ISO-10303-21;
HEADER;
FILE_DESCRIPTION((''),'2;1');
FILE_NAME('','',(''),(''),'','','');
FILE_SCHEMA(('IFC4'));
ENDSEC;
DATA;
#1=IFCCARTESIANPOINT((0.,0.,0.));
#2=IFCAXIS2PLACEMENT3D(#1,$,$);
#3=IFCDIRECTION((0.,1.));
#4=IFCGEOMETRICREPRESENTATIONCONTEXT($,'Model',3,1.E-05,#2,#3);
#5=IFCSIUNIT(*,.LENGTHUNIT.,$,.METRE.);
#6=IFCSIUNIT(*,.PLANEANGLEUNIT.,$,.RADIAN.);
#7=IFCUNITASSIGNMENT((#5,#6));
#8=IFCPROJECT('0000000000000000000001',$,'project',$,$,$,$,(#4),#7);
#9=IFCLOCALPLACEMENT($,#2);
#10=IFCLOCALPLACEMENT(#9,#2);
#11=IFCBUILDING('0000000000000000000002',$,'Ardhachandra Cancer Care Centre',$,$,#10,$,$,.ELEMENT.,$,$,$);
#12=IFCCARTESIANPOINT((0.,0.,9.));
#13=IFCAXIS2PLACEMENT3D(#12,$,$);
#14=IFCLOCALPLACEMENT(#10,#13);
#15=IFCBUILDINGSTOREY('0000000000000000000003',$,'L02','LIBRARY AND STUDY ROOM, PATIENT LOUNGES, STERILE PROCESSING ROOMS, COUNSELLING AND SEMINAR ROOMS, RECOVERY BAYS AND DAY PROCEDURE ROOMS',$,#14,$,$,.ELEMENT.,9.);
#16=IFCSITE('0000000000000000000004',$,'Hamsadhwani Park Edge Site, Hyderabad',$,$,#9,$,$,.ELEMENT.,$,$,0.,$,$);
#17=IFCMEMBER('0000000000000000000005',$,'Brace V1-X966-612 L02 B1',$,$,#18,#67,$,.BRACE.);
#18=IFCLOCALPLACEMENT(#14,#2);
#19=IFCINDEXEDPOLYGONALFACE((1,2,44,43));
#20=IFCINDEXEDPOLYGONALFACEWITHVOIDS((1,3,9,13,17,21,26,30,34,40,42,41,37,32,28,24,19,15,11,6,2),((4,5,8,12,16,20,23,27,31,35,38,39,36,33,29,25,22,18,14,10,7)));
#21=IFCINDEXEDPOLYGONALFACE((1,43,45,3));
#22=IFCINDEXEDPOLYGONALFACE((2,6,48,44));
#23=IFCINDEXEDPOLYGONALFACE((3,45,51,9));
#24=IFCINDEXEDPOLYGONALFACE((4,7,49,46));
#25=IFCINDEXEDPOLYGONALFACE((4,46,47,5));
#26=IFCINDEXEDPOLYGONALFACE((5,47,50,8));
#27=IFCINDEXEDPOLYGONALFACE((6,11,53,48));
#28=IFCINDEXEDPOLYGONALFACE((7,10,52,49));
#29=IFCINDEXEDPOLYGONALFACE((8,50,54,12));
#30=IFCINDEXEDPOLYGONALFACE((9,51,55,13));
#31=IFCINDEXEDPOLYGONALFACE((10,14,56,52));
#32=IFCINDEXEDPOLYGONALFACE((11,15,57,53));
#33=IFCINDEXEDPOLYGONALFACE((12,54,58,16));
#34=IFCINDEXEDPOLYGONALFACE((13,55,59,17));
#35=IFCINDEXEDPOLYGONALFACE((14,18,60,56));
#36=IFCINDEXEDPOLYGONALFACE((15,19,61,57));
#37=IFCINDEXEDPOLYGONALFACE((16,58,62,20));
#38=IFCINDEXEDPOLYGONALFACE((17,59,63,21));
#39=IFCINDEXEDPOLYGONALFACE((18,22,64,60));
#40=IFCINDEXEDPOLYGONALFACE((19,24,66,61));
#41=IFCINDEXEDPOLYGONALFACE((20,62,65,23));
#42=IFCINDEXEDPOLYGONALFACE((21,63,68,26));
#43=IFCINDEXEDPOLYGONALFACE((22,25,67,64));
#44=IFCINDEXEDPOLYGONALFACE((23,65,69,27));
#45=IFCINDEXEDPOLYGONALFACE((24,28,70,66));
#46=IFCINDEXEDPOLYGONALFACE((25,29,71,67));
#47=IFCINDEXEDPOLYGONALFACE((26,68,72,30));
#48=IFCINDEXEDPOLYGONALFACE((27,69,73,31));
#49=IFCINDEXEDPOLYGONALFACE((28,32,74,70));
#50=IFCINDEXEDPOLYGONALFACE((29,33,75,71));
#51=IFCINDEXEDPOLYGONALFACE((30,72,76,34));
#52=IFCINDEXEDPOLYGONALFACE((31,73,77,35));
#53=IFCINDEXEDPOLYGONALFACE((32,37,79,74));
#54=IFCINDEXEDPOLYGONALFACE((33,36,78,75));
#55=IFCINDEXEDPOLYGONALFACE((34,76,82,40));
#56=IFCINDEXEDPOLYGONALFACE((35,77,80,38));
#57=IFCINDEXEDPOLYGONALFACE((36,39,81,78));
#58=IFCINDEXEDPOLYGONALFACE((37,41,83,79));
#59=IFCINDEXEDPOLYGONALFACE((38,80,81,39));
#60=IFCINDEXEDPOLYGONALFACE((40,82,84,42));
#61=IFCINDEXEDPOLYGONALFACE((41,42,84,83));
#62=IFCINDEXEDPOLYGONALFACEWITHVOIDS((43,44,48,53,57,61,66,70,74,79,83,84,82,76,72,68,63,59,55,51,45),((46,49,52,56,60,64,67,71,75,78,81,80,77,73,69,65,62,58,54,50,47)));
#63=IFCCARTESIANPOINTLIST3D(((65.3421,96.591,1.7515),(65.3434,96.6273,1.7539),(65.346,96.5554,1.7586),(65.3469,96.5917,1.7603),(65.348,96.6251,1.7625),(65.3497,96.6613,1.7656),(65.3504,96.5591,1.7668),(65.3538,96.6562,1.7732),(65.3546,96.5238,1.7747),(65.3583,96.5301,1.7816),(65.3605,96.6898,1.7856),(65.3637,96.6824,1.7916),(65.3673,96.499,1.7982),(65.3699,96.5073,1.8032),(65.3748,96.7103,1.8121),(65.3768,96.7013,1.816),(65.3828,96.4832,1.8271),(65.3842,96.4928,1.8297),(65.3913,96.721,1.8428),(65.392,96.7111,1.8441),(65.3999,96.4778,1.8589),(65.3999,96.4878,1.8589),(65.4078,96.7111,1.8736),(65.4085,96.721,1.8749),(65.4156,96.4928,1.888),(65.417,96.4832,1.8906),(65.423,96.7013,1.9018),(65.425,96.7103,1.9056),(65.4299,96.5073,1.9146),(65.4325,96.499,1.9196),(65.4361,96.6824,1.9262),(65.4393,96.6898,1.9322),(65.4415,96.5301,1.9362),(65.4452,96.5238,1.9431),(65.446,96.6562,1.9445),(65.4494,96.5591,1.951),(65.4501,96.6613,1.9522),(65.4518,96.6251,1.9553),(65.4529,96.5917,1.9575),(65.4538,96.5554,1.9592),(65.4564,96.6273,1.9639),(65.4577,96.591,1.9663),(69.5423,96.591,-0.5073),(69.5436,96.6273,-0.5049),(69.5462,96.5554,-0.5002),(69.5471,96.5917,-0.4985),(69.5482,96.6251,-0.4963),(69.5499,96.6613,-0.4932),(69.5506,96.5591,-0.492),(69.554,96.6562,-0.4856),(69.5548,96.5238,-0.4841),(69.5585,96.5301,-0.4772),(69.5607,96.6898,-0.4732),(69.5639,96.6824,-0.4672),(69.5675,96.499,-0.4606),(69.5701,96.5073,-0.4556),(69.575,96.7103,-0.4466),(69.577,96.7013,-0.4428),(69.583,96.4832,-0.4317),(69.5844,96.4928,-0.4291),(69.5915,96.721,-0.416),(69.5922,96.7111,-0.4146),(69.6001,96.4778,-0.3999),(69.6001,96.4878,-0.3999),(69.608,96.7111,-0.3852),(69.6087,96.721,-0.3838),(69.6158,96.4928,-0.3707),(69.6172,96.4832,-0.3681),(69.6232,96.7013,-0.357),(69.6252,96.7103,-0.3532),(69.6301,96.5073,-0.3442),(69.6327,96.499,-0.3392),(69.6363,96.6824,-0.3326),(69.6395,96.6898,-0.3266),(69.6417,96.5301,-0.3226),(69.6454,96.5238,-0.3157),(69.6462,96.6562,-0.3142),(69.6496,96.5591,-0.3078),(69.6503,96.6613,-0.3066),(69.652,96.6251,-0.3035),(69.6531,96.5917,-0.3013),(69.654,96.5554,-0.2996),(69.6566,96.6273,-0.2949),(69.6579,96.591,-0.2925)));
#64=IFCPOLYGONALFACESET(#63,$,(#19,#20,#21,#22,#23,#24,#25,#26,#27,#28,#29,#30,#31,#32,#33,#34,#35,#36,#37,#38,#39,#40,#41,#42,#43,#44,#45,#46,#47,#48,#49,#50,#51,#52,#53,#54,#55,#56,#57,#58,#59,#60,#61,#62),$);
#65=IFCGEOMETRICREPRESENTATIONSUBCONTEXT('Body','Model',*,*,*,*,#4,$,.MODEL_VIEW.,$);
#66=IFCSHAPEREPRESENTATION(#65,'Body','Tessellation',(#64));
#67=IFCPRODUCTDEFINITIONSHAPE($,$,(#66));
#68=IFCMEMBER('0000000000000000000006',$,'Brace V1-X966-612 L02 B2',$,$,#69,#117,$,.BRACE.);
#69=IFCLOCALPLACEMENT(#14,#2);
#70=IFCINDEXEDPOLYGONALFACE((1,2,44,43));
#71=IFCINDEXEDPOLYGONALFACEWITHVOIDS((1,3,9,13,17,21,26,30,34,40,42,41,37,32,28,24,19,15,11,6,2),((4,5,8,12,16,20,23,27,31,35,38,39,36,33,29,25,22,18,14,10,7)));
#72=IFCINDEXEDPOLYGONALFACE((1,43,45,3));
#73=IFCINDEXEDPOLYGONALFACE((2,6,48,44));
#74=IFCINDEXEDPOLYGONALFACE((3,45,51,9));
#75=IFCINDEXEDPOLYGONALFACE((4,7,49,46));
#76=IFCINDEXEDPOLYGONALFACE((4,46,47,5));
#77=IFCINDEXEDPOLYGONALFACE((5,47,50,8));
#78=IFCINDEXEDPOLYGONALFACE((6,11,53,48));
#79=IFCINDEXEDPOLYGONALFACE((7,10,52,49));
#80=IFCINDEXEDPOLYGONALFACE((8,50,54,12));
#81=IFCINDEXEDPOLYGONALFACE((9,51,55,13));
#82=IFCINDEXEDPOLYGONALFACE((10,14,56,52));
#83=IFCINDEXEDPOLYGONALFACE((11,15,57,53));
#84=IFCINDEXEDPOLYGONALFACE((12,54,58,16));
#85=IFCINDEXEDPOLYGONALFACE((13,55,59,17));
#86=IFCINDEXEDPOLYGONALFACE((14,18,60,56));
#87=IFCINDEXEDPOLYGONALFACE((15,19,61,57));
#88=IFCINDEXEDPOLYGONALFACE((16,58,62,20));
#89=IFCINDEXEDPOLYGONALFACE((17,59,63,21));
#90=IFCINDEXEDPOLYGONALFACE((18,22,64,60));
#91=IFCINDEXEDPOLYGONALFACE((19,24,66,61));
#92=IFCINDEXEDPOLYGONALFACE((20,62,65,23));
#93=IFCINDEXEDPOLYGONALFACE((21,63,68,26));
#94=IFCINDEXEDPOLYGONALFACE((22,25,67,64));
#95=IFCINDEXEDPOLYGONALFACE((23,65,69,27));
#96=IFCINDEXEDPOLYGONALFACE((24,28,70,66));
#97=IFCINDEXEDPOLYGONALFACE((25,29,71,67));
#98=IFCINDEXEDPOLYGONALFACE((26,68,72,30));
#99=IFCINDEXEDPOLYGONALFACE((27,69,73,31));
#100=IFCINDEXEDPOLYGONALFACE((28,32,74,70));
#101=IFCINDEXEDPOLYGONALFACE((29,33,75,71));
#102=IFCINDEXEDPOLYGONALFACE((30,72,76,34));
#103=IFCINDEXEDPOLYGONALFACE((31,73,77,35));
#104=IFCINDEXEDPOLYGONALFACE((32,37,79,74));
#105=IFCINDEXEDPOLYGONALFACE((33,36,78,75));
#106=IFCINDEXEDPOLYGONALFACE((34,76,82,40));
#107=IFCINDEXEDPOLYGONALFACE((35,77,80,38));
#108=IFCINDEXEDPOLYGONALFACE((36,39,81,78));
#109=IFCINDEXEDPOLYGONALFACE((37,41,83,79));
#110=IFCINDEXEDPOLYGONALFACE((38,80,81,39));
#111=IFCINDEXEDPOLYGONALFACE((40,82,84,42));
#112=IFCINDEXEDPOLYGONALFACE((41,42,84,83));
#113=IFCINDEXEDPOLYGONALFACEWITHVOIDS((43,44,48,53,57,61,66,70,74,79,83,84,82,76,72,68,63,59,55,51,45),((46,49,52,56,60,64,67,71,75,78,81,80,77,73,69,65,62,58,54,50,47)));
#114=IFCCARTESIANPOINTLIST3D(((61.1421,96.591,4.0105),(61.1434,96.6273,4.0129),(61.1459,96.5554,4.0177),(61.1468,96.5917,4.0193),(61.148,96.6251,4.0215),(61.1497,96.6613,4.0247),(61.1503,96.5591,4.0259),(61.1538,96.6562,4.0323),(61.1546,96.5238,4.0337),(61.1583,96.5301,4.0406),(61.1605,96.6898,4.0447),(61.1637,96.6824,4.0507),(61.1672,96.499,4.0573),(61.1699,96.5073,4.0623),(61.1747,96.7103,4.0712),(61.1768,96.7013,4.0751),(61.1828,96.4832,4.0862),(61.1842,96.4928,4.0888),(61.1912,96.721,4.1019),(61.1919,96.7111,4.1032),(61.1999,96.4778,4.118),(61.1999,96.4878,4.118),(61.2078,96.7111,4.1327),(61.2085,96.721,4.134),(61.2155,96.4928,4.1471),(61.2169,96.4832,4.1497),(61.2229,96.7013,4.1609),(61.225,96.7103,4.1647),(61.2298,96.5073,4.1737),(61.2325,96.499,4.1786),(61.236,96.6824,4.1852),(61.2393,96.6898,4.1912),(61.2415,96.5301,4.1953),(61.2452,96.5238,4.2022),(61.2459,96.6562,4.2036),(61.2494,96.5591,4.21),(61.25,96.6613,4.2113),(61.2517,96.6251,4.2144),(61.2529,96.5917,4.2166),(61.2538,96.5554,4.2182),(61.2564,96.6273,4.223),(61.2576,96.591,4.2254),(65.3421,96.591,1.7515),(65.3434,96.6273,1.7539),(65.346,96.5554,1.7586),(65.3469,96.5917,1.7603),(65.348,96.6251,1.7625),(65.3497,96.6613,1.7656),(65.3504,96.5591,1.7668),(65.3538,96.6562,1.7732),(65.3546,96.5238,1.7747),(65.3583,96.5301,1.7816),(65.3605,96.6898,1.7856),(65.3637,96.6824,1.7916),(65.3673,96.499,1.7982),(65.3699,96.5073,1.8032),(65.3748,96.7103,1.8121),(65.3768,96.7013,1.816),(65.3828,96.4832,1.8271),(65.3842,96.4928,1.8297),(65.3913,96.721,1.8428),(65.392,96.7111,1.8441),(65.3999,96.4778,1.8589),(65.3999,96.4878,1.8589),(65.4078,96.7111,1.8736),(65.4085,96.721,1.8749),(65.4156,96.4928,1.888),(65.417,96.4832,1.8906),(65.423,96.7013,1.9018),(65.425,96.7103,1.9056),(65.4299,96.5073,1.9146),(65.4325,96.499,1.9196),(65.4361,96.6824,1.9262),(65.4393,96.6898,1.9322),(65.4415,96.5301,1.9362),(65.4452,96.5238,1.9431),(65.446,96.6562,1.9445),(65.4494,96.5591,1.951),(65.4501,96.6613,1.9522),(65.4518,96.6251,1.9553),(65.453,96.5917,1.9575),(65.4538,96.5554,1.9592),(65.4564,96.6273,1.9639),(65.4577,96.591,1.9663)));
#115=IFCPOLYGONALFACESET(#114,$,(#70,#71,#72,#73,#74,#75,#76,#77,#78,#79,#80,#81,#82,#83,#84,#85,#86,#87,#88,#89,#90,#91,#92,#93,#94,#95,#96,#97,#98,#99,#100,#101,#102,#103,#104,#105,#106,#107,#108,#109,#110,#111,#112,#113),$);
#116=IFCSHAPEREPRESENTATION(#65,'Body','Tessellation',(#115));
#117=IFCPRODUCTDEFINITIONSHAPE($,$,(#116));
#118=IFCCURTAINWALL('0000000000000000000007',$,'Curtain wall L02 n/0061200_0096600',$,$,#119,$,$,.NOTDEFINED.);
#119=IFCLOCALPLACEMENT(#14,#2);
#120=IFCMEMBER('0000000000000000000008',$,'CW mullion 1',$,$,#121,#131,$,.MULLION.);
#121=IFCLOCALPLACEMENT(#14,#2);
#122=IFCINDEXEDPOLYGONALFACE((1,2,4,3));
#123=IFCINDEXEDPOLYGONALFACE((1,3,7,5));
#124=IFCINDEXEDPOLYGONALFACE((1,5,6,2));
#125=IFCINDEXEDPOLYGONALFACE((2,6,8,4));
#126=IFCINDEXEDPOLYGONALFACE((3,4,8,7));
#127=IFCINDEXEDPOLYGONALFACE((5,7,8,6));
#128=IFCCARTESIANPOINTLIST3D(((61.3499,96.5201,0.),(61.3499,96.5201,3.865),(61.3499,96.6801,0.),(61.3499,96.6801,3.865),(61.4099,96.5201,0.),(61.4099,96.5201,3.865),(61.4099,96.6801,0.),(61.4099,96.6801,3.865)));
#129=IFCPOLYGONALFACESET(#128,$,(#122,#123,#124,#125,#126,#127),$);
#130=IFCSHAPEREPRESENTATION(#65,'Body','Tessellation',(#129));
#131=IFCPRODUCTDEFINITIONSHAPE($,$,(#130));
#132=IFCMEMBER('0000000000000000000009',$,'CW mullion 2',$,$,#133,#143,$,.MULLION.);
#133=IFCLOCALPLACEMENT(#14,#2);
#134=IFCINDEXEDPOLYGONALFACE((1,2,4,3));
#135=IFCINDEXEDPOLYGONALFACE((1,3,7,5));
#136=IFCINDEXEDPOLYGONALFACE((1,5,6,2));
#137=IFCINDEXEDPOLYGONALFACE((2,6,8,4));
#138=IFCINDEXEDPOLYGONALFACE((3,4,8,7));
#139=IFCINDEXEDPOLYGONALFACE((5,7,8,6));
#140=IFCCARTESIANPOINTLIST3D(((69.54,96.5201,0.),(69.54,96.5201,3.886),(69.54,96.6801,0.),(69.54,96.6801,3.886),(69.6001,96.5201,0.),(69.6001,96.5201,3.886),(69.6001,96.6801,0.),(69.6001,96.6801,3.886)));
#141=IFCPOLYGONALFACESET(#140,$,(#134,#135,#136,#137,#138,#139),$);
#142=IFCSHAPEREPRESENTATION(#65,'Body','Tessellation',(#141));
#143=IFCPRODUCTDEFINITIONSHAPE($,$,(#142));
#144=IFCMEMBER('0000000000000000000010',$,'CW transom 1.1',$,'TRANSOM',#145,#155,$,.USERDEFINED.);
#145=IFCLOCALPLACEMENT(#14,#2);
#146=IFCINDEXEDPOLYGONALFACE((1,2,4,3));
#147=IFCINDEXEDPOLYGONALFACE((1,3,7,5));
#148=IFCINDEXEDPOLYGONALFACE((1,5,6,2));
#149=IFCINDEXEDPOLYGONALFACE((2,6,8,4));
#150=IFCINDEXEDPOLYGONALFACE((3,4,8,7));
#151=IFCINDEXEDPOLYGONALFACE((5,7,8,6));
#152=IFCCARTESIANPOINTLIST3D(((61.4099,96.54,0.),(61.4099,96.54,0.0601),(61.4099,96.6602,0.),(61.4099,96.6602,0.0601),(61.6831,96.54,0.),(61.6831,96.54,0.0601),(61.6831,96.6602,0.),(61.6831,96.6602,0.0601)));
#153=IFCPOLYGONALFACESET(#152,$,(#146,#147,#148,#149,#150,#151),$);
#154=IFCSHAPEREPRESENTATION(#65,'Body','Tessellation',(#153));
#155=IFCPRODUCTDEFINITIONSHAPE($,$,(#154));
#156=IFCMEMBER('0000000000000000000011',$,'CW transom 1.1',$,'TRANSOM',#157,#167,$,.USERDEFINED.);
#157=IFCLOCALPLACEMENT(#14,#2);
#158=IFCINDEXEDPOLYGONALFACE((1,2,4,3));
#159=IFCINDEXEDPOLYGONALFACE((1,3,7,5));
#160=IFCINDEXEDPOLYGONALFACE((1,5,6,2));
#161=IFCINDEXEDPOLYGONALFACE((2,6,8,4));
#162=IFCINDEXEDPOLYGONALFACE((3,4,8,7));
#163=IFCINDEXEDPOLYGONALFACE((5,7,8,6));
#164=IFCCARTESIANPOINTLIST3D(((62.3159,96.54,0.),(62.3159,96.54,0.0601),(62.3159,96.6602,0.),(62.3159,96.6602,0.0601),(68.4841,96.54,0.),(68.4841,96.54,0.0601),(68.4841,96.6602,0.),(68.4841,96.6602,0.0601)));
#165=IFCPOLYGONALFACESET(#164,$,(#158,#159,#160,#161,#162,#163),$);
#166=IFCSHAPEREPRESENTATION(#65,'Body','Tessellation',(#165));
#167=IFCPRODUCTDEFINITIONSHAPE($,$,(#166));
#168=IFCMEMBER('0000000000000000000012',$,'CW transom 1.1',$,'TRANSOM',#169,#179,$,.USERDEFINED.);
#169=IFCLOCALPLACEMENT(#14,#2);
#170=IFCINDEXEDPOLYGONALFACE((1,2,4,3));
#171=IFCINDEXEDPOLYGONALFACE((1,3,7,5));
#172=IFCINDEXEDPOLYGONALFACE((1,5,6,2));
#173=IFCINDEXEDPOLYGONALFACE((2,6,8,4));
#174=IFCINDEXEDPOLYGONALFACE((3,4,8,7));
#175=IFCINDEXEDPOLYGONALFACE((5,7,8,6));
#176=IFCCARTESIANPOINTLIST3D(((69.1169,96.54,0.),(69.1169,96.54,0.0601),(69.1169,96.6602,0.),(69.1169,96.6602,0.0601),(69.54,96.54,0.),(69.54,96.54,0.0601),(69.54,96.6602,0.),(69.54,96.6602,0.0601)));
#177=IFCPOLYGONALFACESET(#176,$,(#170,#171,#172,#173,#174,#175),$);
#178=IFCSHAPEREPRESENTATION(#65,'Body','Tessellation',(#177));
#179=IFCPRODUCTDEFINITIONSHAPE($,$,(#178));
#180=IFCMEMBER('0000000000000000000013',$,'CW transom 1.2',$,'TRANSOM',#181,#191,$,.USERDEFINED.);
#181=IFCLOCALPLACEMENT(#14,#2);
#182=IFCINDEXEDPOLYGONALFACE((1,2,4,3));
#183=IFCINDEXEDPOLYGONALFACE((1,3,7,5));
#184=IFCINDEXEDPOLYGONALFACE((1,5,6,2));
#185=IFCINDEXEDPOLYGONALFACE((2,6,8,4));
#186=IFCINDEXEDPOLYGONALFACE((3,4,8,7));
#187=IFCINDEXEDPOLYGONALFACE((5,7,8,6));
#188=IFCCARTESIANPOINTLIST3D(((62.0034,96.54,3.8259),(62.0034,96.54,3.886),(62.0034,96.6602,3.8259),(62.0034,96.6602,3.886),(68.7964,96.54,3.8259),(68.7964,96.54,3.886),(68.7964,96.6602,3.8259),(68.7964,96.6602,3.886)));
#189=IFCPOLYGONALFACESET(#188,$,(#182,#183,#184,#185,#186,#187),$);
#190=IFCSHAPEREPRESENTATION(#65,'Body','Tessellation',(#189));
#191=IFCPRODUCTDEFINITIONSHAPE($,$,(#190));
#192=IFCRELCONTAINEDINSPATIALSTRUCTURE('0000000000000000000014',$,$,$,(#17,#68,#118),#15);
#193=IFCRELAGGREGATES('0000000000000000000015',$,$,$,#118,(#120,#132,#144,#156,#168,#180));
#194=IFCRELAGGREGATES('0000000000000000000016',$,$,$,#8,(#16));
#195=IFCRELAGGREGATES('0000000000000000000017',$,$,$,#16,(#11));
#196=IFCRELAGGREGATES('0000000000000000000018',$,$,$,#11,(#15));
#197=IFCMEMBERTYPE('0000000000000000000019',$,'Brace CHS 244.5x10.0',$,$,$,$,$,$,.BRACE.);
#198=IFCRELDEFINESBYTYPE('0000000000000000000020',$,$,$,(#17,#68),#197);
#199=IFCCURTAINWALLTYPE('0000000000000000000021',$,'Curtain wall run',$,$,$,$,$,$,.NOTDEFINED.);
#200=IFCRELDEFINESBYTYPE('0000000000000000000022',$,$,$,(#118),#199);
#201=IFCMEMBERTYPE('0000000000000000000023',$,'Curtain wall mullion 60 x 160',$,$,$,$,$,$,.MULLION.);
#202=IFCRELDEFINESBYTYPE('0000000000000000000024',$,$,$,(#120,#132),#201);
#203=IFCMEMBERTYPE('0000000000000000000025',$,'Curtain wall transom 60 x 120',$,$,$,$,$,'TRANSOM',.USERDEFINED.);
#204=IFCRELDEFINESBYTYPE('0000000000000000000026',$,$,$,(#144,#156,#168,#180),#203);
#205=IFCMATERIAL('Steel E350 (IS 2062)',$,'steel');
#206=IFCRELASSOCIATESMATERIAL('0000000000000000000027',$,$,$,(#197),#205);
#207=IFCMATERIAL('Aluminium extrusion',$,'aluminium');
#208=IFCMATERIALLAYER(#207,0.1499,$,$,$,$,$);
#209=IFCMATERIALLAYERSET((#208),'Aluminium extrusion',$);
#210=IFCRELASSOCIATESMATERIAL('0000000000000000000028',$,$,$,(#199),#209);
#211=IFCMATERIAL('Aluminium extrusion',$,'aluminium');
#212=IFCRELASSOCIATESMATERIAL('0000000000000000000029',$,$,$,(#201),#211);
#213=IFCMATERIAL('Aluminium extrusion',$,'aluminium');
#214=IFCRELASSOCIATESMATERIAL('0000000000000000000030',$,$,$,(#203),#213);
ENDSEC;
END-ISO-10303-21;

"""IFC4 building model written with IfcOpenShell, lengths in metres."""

from ifc_helpers import new_model, si_unit, direction, frame, origin, origin_2d, place, context, subcontext, project, spatial, rectangle, hollow_circle, extrude, material, layer, layer_set, material_profile, profile_set, type_object, element, aggregate, save


model = new_model("IFC4")

# Units and contexts
model_context = context("Model", 3, precision=1e-05, world=origin(), true_north=direction((0.0, 1.0)))
body_context = subcontext(model_context, "Body", "Model", "MODEL_VIEW")
ifc_project = project(units=[si_unit("LENGTHUNIT", "METRE"), si_unit("PLANEANGLEUNIT", "RADIAN")], contexts=[model_context])

# Site, building, storey
site_placement = place(None, origin())
site = spatial("IfcSite", under=ifc_project, at=site_placement, Name="Hamsadhwani Park Edge Site, Hyderabad", CompositionType="ELEMENT", RefElevation=0.0)
building_placement = place(site_placement, origin())
building = spatial("IfcBuilding", under=site, at=building_placement, Name="Ardhachandra Cancer Care Centre", CompositionType="ELEMENT")
storey_placement = place(building_placement, frame((0.0, 0.0, 9.0)))
storey = spatial("IfcBuildingStorey", under=building, at=storey_placement, Name="L02", Description="LIBRARY AND STUDY ROOM, PATIENT LOUNGES, STERILE PROCESSING ROOMS, COUNSELLING AND SEMINAR ROOMS, RECOVERY BAYS AND DAY PROCEDURE ROOMS", CompositionType="ELEMENT", Elevation=9.0)

# Members
ifc_material_1 = material(Name="Steel E350 (IS 2062)", Category="steel")
ifc_material_profile_1 = material_profile(ifc_material_1, hollow_circle(Radius=0.1223, WallThickness=0.01, at=origin_2d()), Name="CHS 244.5x10.0")
ifc_profile_set_1 = profile_set([ifc_material_profile_1], Name="Steel E350 (IS 2062)")
member_type_1 = type_object("IfcMemberType", Name="Brace CHS 244.5x10.0", PredefinedType="BRACE", material=ifc_profile_set_1)
for number, where, z_axis, x_axis, name in (
    (1, (69.6001, 96.6001, -0.3999), (-0.880721, 0.0, 0.473636), (0.0, -1.0, 0.0), "Brace V1-X966-612 L02 B1"),
    (2, (65.3999, 96.6001, 1.8589), (-0.880688, 0.0, 0.473697), (0.0, -1.0, 0.0), "Brace V1-X966-612 L02 B2"),
):
    element("IfcMember", number, at=place(storey_placement, frame(where, z_axis=z_axis, x_axis=x_axis)), inside=storey, type_object=member_type_1, Name=name, PredefinedType="BRACE", context=body_context, shape_type="SweptSolid", body=[
        extrude(hollow_circle(Radius=0.1223, WallThickness=0.01, at=origin_2d()), origin(), (0.0, 0.0, 1.0), 4.769),
    ])

# Curtain wall, members
ifc_material_2 = material(Name="Aluminium extrusion", Category="aluminium")
ifc_layer_1 = layer(ifc_material_2, 0.1499)
ifc_layer_set_1 = layer_set([ifc_layer_1], Name="Aluminium extrusion")
curtain_wall_type = type_object("IfcCurtainWallType", Name="Curtain wall run", PredefinedType="NOTDEFINED", material=ifc_layer_set_1)
curtain_wall_placement = place(storey_placement, origin())
curtain_wall = element("IfcCurtainWall", 3, at=curtain_wall_placement, inside=storey, type_object=curtain_wall_type, Name="Curtain wall L02 n/0061200_0096600", PredefinedType="NOTDEFINED")
ifc_material_3 = material(Name="Aluminium extrusion", Category="aluminium")
ifc_material_profile_2 = material_profile(ifc_material_3, rectangle(XDim=0.1599, YDim=0.0601, at=origin_2d()), Name="Curtain wall mullion 60 x 160")
ifc_profile_set_2 = profile_set([ifc_material_profile_2], Name="Aluminium extrusion")
member_type_2 = type_object("IfcMemberType", Name="Curtain wall mullion 60 x 160", PredefinedType="MULLION", material=ifc_profile_set_2)
member_1_placement = place(storey_placement, frame((61.3799, 96.6001, 0.0), z_axis=(0.0, 0.0, 1.0), x_axis=(0.0, 1.0, 0.0)))
member_1 = element("IfcMember", 4, at=member_1_placement, type_object=member_type_2, Name="CW mullion 1", PredefinedType="MULLION", context=body_context, shape_type="SweptSolid", body=[
    extrude(rectangle(XDim=0.1599, YDim=0.0601, at=origin_2d()), origin(), (0.0, 0.0, 1.0), 3.865),
])
member_2_placement = place(storey_placement, frame((69.5701, 96.6001, 0.0), z_axis=(0.0, 0.0, 1.0), x_axis=(0.0, 1.0, 0.0)))
member_2 = element("IfcMember", 5, at=member_2_placement, type_object=member_type_2, Name="CW mullion 2", PredefinedType="MULLION", context=body_context, shape_type="SweptSolid", body=[
    extrude(rectangle(XDim=0.1599, YDim=0.0601, at=origin_2d()), origin(), (0.0, 0.0, 1.0), 3.886),
])
ifc_material_4 = material(Name="Aluminium extrusion", Category="aluminium")
ifc_material_profile_3 = material_profile(ifc_material_4, rectangle(XDim=0.1201, YDim=0.0601, at=origin_2d()), Name="Curtain wall transom 60 x 120")
ifc_profile_set_3 = profile_set([ifc_material_profile_3], Name="Aluminium extrusion")
member_type_3 = type_object("IfcMemberType", Name="Curtain wall transom 60 x 120", ElementType="TRANSOM", PredefinedType="USERDEFINED", material=ifc_profile_set_3)
member_3_placement = place(storey_placement, frame((61.4099, 96.6001, 0.03), z_axis=(1.0, 0.0, 0.0), x_axis=(0.0, 1.0, 0.0)))
member_3 = element("IfcMember", 6, at=member_3_placement, type_object=member_type_3, Name="CW transom 1.1", ObjectType="TRANSOM", PredefinedType="USERDEFINED", context=body_context, shape_type="SweptSolid", body=[
    extrude(rectangle(XDim=0.1201, YDim=0.0601, at=origin_2d()), origin(), (0.0, 0.0, 1.0), 0.2732),
])
member_4_placement = place(storey_placement, frame((62.3159, 96.6001, 0.03), z_axis=(1.0, 0.0, 0.0), x_axis=(0.0, 1.0, 0.0)))
member_4 = element("IfcMember", 7, at=member_4_placement, type_object=member_type_3, Name="CW transom 1.1", ObjectType="TRANSOM", PredefinedType="USERDEFINED", context=body_context, shape_type="SweptSolid", body=[
    extrude(rectangle(XDim=0.1201, YDim=0.0601, at=origin_2d()), origin(), (0.0, 0.0, 1.0), 6.1682),
])
member_5_placement = place(storey_placement, frame((69.1169, 96.6001, 0.03), z_axis=(1.0, 0.0, 0.0), x_axis=(0.0, 1.0, 0.0)))
member_5 = element("IfcMember", 8, at=member_5_placement, type_object=member_type_3, Name="CW transom 1.1", ObjectType="TRANSOM", PredefinedType="USERDEFINED", context=body_context, shape_type="SweptSolid", body=[
    extrude(rectangle(XDim=0.1201, YDim=0.0601, at=origin_2d()), origin(), (0.0, 0.0, 1.0), 0.4231),
])
member_6_placement = place(storey_placement, frame((62.0034, 96.6001, 3.856), z_axis=(1.0, 0.0, 0.0), x_axis=(0.0, 1.0, 0.0)))
member_6 = element("IfcMember", 9, at=member_6_placement, type_object=member_type_3, Name="CW transom 1.2", ObjectType="TRANSOM", PredefinedType="USERDEFINED", context=body_context, shape_type="SweptSolid", body=[
    extrude(rectangle(XDim=0.1201, YDim=0.0601, at=origin_2d()), origin(), (0.0, 0.0, 1.0), 6.793),
])
aggregate(curtain_wall, [member_1, member_2, member_3, member_4, member_5, member_6])

save(model, "model.ifc")
